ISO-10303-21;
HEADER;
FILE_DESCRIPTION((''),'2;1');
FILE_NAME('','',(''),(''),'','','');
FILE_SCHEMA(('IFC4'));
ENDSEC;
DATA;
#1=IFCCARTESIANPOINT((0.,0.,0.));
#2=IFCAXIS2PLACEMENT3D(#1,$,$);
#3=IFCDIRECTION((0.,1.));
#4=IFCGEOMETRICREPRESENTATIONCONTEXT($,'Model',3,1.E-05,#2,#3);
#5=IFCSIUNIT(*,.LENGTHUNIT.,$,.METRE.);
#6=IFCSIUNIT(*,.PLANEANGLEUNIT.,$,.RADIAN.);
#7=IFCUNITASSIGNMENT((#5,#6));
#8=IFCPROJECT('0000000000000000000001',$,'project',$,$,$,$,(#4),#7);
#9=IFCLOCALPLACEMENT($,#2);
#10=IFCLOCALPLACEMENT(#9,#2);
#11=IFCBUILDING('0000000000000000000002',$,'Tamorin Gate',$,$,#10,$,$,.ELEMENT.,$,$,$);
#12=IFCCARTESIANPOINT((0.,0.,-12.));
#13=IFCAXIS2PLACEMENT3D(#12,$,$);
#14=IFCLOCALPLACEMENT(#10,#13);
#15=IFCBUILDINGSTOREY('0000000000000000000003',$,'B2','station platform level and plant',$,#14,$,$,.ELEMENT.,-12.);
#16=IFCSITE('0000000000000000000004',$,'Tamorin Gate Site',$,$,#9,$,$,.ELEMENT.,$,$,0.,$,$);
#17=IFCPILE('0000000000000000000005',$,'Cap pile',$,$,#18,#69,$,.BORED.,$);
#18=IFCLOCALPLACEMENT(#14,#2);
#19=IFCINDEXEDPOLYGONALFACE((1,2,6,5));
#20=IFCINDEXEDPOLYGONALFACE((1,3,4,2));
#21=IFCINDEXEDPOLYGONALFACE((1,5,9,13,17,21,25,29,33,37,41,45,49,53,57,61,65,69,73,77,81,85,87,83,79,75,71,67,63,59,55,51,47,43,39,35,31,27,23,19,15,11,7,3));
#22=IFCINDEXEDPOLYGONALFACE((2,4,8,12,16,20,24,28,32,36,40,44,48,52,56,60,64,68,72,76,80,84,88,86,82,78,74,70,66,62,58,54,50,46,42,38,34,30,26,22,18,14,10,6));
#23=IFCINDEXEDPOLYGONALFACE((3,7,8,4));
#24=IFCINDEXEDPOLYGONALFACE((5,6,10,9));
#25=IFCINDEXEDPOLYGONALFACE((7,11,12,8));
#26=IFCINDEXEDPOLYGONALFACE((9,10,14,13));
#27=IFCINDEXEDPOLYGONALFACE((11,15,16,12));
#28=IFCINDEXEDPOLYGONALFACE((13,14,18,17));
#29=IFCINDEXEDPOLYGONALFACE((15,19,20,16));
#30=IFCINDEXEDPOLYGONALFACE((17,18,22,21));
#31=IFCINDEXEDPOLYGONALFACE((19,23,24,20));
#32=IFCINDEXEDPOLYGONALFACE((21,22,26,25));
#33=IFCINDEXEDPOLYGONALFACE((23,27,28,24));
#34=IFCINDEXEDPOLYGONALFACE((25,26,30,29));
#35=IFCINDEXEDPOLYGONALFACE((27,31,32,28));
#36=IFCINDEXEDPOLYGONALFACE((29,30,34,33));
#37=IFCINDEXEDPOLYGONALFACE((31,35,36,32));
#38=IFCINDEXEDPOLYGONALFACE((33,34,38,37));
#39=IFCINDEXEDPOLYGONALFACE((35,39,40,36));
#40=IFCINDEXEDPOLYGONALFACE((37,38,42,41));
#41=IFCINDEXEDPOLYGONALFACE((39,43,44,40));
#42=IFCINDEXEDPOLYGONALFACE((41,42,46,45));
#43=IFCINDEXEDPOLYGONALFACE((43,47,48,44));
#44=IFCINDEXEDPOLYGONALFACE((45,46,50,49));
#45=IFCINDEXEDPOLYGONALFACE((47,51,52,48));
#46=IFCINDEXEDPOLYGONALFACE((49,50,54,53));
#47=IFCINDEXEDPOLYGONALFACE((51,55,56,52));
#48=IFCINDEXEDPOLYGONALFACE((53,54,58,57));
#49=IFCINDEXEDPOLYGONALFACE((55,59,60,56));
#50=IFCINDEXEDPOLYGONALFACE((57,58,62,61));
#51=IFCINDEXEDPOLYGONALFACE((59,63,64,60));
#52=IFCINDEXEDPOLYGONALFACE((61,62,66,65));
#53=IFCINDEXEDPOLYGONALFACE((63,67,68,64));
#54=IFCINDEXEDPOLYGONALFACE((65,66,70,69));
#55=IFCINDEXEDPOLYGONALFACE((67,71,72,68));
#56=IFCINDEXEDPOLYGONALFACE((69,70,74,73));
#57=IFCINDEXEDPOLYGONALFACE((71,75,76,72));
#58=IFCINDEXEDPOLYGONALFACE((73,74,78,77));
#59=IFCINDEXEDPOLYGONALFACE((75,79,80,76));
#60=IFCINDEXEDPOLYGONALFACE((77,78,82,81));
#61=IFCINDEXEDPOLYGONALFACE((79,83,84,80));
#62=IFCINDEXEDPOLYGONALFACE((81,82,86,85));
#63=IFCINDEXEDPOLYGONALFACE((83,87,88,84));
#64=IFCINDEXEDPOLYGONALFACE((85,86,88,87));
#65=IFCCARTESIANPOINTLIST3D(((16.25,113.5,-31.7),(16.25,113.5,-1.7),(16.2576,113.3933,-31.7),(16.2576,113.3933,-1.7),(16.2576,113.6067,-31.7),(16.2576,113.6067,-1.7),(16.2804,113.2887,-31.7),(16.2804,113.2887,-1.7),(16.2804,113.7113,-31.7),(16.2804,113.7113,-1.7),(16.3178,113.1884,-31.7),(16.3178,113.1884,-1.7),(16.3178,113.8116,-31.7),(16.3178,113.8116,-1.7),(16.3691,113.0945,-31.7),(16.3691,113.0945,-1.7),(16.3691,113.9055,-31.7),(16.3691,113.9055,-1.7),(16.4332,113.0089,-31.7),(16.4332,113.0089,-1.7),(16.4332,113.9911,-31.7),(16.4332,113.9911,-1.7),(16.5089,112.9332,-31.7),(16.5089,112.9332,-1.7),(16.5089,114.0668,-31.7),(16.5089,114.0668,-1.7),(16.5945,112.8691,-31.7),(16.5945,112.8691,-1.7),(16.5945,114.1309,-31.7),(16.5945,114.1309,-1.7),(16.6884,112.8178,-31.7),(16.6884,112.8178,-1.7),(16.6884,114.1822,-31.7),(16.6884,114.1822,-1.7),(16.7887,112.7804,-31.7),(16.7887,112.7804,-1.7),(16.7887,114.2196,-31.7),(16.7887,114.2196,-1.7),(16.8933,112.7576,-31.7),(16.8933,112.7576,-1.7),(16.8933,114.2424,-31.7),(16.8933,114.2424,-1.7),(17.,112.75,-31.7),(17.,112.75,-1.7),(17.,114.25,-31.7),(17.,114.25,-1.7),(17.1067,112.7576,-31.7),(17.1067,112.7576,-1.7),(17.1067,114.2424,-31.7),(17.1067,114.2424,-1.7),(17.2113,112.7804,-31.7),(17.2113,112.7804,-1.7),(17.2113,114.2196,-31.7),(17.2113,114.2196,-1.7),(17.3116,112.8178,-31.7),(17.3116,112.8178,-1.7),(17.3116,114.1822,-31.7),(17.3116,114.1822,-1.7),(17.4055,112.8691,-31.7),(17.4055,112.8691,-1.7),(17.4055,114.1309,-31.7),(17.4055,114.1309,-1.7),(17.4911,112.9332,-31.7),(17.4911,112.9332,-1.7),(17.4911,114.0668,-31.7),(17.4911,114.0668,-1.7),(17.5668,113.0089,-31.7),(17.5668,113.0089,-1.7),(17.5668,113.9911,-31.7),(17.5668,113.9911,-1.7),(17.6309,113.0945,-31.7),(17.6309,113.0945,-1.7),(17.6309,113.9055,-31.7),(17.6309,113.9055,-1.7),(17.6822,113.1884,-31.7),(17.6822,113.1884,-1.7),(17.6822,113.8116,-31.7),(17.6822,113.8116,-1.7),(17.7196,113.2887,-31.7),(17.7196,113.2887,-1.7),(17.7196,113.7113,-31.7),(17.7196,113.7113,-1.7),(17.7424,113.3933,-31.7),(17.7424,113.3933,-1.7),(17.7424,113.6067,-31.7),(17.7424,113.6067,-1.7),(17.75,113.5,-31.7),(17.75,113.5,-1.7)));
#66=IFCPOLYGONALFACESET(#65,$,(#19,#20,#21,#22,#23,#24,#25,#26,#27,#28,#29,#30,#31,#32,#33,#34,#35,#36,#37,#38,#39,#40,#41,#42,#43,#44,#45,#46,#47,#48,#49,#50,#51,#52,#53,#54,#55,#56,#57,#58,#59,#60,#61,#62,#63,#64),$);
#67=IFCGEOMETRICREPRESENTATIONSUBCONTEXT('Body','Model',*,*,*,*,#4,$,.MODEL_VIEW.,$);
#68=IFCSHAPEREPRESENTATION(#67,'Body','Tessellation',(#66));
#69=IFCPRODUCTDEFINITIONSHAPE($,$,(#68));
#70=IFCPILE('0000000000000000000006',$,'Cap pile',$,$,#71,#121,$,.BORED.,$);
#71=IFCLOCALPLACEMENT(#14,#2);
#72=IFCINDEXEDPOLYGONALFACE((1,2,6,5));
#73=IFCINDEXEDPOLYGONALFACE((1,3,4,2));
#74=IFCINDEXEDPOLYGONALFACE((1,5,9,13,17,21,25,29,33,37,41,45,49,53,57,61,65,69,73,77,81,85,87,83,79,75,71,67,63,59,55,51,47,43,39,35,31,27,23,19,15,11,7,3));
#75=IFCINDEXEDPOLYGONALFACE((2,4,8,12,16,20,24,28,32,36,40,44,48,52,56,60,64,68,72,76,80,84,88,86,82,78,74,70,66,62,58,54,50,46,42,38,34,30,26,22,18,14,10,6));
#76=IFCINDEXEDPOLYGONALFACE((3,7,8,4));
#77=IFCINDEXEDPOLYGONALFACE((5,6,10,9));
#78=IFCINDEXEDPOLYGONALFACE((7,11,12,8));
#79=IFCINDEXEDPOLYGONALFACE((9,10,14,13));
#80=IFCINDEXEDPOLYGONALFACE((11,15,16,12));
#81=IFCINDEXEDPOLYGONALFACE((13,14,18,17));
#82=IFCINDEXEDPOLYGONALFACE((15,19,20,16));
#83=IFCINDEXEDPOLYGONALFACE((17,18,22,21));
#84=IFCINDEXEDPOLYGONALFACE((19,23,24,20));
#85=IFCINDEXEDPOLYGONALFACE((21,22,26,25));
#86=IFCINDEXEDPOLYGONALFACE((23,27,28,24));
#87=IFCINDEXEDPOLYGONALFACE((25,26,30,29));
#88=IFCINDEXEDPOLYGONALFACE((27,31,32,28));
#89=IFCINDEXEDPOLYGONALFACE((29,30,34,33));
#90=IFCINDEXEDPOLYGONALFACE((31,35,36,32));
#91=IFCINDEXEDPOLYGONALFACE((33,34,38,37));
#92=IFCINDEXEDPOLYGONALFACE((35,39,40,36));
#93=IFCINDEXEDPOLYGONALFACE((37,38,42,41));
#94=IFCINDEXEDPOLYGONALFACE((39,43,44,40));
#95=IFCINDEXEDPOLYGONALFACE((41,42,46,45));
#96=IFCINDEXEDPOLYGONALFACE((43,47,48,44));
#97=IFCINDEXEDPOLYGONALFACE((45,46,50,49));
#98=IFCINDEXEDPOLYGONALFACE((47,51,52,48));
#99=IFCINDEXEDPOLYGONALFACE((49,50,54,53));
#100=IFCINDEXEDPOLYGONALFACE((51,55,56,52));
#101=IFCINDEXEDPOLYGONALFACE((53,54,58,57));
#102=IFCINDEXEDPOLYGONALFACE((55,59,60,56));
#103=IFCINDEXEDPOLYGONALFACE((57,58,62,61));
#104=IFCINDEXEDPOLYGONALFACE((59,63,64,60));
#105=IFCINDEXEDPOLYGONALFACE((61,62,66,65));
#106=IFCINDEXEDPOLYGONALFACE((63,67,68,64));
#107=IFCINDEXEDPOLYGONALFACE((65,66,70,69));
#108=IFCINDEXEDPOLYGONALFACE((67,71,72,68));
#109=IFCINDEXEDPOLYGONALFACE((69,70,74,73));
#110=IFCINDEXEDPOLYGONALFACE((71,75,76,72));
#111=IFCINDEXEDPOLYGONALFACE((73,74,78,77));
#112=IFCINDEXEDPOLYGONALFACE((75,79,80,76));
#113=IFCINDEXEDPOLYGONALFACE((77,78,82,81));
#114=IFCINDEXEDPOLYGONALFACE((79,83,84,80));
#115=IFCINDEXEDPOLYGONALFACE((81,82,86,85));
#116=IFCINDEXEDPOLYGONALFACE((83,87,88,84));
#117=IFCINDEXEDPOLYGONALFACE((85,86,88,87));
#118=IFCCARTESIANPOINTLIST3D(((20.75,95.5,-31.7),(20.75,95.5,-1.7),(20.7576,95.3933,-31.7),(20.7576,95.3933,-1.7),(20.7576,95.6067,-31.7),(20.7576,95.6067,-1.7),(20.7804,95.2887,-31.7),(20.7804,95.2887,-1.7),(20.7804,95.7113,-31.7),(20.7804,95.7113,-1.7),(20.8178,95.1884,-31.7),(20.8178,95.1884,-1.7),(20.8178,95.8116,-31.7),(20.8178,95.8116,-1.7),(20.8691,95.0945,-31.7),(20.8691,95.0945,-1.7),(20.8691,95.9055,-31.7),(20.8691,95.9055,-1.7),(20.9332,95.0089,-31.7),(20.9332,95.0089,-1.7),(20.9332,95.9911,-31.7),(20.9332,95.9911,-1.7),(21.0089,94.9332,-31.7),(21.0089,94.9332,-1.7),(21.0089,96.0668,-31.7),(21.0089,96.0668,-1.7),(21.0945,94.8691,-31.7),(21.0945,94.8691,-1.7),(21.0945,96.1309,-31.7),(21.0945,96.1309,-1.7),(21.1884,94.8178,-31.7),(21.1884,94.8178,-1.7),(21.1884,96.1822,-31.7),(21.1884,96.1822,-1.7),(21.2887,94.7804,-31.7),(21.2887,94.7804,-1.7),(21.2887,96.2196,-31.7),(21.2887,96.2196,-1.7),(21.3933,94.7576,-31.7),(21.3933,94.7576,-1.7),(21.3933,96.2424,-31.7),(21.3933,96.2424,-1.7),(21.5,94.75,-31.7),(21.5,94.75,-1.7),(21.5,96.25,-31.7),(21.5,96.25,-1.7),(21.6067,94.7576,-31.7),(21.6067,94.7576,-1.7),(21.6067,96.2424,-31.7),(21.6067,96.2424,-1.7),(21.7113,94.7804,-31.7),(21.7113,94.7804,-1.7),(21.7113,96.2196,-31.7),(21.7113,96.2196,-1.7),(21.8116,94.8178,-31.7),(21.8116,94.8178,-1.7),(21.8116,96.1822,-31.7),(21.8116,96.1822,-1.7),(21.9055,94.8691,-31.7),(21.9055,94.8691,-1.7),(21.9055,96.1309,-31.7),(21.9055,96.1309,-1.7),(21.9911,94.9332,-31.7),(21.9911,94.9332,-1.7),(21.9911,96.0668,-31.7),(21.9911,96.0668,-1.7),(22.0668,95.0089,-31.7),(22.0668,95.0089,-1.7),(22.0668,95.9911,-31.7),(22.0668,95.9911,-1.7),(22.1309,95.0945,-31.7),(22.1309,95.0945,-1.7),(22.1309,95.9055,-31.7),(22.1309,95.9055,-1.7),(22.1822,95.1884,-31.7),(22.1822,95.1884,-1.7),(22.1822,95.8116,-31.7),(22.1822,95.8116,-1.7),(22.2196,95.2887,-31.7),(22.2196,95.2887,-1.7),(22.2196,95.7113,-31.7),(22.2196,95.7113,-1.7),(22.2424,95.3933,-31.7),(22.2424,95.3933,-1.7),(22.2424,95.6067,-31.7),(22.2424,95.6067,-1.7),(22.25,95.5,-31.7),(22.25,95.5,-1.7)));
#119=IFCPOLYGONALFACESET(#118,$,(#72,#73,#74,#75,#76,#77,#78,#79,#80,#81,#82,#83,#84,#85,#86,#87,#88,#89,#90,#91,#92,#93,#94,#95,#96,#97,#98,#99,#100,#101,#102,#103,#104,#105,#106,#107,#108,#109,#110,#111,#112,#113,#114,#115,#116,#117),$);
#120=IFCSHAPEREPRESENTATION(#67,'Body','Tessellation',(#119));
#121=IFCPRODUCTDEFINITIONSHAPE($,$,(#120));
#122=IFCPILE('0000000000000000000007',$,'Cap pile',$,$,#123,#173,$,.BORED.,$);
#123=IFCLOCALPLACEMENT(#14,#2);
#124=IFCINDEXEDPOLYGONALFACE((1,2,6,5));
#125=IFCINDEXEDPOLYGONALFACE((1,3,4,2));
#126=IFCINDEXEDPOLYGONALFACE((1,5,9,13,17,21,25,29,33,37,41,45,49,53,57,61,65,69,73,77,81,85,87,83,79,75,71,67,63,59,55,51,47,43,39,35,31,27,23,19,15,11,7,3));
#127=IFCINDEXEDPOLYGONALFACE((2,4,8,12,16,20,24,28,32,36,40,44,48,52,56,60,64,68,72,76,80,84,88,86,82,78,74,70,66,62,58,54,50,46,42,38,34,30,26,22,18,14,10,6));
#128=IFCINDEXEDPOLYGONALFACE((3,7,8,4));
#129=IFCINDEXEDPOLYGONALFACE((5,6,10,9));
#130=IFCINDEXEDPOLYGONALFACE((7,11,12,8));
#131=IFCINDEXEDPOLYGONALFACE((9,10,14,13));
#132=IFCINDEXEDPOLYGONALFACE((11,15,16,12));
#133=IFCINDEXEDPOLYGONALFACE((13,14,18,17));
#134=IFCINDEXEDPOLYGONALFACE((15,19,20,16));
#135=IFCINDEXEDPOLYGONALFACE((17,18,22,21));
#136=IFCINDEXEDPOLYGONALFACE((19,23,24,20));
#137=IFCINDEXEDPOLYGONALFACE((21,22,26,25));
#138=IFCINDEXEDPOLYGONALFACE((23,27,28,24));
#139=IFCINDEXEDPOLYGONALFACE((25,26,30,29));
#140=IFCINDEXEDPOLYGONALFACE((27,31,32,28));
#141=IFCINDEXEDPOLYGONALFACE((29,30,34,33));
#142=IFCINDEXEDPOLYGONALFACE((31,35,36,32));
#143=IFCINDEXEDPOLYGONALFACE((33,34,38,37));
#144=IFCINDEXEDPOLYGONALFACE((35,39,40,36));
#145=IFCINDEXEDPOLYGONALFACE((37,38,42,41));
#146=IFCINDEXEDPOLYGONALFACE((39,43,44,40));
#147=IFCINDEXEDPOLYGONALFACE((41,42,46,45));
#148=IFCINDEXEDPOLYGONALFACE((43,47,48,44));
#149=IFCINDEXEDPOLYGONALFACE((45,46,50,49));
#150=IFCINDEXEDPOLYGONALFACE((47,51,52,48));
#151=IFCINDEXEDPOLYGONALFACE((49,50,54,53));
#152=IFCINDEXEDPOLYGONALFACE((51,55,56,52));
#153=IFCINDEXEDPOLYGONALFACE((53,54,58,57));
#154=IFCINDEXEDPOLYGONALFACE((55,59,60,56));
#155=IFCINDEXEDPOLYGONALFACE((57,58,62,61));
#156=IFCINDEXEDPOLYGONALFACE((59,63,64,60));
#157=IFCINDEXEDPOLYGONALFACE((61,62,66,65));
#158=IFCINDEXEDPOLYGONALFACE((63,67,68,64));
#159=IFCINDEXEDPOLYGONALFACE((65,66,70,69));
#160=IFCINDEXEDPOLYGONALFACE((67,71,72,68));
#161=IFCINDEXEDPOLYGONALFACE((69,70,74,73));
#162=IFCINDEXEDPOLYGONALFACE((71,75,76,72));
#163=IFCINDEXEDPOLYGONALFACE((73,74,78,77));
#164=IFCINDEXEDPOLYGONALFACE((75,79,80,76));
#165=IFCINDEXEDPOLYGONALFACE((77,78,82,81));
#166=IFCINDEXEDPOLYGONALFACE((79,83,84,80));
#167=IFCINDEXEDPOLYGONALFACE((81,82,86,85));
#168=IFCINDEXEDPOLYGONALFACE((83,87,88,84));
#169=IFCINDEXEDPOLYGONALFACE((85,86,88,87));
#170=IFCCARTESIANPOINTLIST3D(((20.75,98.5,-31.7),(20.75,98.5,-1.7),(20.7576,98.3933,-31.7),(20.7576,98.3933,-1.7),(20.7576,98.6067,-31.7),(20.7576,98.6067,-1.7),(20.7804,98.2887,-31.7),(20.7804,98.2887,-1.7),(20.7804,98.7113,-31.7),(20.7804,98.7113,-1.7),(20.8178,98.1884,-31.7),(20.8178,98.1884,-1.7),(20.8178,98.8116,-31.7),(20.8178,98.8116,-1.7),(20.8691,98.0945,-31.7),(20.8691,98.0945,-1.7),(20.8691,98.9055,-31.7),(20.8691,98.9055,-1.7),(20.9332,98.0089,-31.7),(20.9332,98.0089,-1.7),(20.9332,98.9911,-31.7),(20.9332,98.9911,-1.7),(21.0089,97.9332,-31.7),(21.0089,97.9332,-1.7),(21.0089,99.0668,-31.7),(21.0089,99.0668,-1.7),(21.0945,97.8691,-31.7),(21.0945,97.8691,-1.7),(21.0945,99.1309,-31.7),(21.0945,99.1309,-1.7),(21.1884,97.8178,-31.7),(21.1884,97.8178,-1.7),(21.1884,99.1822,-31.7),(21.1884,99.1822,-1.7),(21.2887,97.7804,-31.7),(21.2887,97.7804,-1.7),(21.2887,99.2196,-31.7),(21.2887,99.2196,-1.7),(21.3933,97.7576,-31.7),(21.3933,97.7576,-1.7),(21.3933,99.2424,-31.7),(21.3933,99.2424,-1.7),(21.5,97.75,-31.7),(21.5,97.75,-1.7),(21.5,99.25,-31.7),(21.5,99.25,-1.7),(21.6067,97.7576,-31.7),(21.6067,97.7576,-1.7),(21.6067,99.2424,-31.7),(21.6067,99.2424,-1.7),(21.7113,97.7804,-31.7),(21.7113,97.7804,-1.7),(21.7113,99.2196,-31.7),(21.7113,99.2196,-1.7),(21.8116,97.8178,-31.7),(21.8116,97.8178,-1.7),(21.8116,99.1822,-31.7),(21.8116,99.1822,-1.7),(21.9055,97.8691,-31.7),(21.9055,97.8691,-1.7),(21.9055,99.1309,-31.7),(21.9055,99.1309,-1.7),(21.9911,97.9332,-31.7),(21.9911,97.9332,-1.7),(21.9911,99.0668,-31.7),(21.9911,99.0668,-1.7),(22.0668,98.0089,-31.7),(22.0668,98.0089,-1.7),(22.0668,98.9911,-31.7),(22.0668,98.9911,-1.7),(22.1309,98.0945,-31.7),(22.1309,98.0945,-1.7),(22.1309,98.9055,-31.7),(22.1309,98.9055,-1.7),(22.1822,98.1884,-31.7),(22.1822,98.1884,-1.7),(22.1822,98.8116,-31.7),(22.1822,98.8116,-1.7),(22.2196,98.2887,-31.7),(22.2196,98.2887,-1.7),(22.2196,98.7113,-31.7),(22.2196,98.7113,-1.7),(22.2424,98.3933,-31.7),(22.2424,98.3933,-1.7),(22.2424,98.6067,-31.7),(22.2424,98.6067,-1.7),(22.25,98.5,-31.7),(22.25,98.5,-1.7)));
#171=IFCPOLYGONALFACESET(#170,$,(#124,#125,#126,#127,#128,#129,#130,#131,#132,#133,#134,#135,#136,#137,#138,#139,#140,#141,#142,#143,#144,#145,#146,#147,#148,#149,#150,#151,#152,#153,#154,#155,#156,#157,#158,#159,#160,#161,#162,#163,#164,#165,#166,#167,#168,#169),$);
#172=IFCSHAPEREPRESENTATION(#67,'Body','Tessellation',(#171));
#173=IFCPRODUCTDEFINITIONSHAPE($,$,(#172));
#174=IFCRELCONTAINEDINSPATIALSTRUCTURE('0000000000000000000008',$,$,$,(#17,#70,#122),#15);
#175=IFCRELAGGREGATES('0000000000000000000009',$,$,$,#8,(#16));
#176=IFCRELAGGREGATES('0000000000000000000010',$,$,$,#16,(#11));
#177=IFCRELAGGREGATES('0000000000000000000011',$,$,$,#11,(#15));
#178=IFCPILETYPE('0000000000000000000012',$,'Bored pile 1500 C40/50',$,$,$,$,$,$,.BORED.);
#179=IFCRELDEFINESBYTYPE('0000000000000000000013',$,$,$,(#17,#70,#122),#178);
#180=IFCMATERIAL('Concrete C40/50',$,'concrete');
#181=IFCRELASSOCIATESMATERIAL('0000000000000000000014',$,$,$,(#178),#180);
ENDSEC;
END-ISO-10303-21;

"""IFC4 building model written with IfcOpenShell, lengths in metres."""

from ifc_helpers import new_model, si_unit, direction, frame, origin, origin_2d, place, context, subcontext, project, spatial, circle, extrude, material, material_profile, profile_set, type_object, element, save


model = new_model("IFC4")

# Units and contexts
model_context = context("Model", 3, precision=1e-05, world=origin(), true_north=direction((0.0, 1.0)))
body_context = subcontext(model_context, "Body", "Model", "MODEL_VIEW")
ifc_project = project(units=[si_unit("LENGTHUNIT", "METRE"), si_unit("PLANEANGLEUNIT", "RADIAN")], contexts=[model_context])

# Site, building, storey
site_placement = place(None, origin())
site = spatial("IfcSite", under=ifc_project, at=site_placement, Name="Tamorin Gate Site", CompositionType="ELEMENT", RefElevation=0.0)
building_placement = place(site_placement, origin())
building = spatial("IfcBuilding", under=site, at=building_placement, Name="Tamorin Gate", CompositionType="ELEMENT")
storey_placement = place(building_placement, frame((0.0, 0.0, -12.0)))
storey = spatial("IfcBuildingStorey", under=building, at=storey_placement, Name="B2", Description="station platform level and plant", CompositionType="ELEMENT", Elevation=-12.0)

# Piles
ifc_material_1 = material(Name="Concrete C40/50", Category="concrete")
ifc_material_profile_1 = material_profile(ifc_material_1, circle(Radius=0.75, at=origin_2d()))
ifc_profile_set_1 = profile_set([ifc_material_profile_1], Name="Concrete C40/50")
pile_type = type_object("IfcPileType", Name="Bored pile 1500 C40/50", PredefinedType="BORED", material=ifc_profile_set_1)
for number, where, z_axis, x_axis, name in (
    (1, (17.0, 113.5, -1.7), (0.0, 0.0, -1.0), (1.0, 0.0, 0.0), "Cap pile"),
    (2, (21.5, 95.5, -1.7), (0.0, 0.0, -1.0), (1.0, 0.0, 0.0), "Cap pile"),
    (3, (21.5, 98.5, -1.7), (0.0, 0.0, -1.0), (1.0, 0.0, 0.0), "Cap pile"),
):
    element("IfcPile", number, at=place(storey_placement, frame(where, z_axis=z_axis, x_axis=x_axis)), inside=storey, type_object=pile_type, Name=name, PredefinedType="BORED", context=body_context, shape_type="SweptSolid", body=[
        extrude(circle(Radius=0.75, at=origin_2d()), origin(), (0.0, 0.0, 1.0), 30.0),
    ])

save(model, "model.ifc")
